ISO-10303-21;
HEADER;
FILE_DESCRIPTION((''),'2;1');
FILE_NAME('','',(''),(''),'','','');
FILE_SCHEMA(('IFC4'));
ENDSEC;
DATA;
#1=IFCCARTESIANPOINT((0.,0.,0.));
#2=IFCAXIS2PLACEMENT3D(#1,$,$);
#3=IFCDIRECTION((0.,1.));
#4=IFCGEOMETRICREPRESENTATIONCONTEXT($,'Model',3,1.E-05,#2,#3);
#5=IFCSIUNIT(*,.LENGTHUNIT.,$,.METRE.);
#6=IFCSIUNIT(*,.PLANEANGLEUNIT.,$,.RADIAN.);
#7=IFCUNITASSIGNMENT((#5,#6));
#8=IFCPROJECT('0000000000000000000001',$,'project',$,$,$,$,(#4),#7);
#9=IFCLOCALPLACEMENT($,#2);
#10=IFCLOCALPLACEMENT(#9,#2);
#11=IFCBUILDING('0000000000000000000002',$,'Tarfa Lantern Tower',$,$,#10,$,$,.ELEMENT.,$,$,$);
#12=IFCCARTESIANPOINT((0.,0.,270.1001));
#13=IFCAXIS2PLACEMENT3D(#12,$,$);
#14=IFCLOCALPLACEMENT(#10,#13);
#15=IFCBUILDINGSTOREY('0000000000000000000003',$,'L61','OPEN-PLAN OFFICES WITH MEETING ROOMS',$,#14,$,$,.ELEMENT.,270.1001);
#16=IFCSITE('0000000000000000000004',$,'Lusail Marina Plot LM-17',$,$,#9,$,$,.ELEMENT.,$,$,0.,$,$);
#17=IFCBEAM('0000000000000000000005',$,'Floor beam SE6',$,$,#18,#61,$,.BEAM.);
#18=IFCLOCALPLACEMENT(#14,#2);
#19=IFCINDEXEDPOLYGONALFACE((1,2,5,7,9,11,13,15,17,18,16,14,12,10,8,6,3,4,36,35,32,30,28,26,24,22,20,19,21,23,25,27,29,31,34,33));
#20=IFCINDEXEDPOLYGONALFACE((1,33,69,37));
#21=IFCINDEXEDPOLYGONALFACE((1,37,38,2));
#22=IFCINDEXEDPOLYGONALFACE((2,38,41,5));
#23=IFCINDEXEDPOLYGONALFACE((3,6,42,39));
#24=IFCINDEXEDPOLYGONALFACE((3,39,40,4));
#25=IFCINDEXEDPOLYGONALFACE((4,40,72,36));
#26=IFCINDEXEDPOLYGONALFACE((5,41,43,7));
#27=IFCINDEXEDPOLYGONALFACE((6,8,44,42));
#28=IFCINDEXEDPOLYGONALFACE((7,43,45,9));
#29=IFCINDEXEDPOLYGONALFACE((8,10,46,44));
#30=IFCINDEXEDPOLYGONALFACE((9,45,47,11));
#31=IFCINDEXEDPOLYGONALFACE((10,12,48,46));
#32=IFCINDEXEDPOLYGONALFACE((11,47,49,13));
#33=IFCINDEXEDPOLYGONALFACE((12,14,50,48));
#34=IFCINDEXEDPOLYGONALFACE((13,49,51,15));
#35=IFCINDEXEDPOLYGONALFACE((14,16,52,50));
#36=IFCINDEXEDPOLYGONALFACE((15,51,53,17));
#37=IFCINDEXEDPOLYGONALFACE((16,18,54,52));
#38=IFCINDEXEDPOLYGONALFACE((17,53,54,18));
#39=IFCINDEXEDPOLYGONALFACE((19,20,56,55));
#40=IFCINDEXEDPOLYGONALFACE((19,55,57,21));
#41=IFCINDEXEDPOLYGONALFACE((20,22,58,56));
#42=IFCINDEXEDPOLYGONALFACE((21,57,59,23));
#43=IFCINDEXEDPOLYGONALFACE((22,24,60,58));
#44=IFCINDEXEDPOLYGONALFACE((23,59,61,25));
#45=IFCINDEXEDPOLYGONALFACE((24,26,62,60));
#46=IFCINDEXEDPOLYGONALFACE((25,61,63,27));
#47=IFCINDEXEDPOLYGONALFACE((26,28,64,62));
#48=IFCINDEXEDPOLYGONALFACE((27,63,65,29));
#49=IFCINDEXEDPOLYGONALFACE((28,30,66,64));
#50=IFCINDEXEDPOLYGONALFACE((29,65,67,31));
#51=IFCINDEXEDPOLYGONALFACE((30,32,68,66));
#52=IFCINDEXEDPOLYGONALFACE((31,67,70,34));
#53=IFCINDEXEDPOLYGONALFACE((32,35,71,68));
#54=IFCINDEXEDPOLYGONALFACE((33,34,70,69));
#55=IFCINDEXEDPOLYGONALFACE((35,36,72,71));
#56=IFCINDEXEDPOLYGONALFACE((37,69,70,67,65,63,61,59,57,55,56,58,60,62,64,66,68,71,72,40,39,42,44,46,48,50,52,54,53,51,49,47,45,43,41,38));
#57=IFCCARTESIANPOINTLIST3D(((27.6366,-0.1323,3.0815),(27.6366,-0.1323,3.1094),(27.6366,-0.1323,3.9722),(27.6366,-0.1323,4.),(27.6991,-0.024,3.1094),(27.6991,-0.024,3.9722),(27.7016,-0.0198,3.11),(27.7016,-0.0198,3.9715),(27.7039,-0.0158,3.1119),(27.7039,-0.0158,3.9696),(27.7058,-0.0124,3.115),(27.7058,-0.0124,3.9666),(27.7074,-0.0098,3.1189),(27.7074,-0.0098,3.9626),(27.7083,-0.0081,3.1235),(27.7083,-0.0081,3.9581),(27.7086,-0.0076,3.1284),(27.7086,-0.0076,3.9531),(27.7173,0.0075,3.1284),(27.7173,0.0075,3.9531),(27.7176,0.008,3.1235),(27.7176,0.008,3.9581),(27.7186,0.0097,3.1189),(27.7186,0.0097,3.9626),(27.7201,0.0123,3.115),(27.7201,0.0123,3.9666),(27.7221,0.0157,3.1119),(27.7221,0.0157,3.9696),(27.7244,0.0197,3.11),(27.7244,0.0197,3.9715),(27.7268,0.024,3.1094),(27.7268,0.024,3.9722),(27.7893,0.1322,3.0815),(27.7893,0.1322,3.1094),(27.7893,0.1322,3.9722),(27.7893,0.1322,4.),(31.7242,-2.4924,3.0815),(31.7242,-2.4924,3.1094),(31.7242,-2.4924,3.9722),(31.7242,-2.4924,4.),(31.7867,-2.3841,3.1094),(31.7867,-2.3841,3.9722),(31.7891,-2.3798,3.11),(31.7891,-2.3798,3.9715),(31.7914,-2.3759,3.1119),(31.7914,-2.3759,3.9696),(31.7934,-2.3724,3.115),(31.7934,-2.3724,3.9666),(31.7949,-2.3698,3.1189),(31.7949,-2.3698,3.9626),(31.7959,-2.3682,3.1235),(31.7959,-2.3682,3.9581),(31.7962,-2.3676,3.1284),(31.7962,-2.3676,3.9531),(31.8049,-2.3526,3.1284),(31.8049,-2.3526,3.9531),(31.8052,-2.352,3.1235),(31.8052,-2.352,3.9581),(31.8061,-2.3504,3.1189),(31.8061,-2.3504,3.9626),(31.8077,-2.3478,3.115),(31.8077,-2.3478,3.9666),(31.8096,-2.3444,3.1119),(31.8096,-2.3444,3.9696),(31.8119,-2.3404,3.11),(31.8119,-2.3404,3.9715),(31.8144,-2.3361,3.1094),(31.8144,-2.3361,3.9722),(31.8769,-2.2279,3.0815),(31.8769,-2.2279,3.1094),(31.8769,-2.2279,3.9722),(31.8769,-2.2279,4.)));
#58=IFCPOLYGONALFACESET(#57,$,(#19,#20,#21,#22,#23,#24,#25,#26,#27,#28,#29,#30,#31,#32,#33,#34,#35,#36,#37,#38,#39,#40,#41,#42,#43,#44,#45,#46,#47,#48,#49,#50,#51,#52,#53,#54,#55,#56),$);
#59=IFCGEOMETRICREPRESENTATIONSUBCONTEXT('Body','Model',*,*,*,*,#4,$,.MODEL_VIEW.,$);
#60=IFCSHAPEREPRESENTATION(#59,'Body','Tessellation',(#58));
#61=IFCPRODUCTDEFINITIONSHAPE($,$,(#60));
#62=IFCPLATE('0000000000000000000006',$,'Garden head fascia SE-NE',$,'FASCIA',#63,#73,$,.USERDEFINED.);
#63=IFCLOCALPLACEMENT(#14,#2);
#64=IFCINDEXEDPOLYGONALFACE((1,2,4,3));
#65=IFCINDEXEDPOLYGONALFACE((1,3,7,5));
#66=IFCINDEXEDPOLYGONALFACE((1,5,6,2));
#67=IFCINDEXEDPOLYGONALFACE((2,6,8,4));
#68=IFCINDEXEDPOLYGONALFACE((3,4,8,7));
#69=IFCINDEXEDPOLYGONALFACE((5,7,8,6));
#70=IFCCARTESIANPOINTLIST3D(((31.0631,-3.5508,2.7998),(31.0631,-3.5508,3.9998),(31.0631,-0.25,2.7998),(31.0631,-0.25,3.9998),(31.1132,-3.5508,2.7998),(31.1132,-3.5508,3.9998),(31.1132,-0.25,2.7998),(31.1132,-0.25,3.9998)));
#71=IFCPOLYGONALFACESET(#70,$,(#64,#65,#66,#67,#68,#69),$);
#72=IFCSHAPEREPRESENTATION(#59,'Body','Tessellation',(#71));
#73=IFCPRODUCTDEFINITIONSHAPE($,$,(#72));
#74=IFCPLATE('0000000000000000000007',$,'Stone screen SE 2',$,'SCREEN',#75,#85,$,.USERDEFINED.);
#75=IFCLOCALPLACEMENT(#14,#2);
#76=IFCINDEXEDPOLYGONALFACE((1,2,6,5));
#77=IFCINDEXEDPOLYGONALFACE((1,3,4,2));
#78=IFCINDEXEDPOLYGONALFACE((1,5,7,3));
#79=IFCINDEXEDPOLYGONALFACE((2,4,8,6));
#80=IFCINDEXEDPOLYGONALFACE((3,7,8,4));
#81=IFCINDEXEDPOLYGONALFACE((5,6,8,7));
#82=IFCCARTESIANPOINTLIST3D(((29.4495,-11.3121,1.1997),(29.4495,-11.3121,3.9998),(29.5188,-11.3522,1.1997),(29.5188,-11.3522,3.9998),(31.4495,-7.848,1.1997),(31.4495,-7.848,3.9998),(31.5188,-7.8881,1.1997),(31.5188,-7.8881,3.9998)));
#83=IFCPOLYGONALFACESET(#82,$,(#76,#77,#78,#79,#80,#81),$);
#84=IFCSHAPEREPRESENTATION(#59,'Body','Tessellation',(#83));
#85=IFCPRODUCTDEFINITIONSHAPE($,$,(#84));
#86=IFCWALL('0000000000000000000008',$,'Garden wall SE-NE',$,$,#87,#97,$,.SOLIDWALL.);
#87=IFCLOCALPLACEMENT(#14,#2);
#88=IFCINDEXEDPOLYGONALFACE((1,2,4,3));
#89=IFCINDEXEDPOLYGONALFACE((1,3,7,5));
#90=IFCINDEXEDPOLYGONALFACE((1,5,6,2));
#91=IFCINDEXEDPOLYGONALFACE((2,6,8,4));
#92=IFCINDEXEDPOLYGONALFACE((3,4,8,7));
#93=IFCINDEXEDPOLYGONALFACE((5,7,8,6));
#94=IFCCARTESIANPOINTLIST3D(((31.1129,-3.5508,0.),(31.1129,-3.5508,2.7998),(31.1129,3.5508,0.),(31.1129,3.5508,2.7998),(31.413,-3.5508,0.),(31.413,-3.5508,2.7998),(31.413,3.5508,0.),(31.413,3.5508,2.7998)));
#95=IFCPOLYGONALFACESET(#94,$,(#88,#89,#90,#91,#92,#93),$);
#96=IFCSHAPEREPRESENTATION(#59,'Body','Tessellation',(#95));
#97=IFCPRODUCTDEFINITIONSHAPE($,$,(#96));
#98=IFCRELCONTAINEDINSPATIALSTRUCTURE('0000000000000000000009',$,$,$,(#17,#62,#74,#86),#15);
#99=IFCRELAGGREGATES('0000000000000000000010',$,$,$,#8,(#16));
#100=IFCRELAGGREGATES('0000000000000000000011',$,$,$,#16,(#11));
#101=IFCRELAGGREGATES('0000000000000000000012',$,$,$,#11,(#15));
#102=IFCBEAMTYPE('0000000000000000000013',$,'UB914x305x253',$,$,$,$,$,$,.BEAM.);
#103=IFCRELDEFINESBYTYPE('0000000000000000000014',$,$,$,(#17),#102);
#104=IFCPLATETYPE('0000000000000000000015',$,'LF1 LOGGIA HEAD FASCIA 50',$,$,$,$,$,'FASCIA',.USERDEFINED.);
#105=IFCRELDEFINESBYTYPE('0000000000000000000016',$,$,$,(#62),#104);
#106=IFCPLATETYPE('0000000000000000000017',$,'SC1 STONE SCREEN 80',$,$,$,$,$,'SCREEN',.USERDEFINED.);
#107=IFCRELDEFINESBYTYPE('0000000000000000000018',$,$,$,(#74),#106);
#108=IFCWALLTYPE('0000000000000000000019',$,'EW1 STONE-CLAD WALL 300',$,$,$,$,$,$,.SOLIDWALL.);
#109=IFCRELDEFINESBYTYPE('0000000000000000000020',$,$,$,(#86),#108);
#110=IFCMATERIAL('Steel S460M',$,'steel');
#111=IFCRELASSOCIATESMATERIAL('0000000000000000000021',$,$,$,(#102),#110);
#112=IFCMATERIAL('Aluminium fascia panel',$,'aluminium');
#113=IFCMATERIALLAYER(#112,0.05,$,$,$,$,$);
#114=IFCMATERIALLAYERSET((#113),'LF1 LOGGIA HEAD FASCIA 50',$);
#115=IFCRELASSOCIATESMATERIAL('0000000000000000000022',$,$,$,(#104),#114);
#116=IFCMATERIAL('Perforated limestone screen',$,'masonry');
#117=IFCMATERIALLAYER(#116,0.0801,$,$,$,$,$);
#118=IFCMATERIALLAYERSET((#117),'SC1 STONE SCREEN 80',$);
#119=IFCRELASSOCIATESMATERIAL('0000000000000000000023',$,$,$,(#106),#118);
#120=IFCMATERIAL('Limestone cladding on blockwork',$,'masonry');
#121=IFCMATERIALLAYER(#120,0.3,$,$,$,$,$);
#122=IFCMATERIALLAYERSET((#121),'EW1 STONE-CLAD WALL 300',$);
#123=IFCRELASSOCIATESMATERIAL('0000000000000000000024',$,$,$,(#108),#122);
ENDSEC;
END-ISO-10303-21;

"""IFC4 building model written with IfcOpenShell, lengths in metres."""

from ifc_helpers import new_model, si_unit, direction, frame, frame_2d, origin, origin_2d, place, context, subcontext, project, spatial, rectangle, i_section, extrude, material, layer, layer_set, material_profile, profile_set, type_object, element, save


model = new_model("IFC4")

# Units and contexts
model_context = context("Model", 3, precision=1e-05, world=origin(), true_north=direction((0.0, 1.0)))
body_context = subcontext(model_context, "Body", "Model", "MODEL_VIEW")
ifc_project = project(units=[si_unit("LENGTHUNIT", "METRE"), si_unit("PLANEANGLEUNIT", "RADIAN")], contexts=[model_context])

# Site, building, storey
site_placement = place(None, origin())
site = spatial("IfcSite", under=ifc_project, at=site_placement, Name="Lusail Marina Plot LM-17", CompositionType="ELEMENT", RefElevation=0.0)
building_placement = place(site_placement, origin())
building = spatial("IfcBuilding", under=site, at=building_placement, Name="Tarfa Lantern Tower", CompositionType="ELEMENT")
storey_placement = place(building_placement, frame((0.0, 0.0, 270.1001)))
storey = spatial("IfcBuildingStorey", under=building, at=storey_placement, Name="L61", Description="OPEN-PLAN OFFICES WITH MEETING ROOMS", CompositionType="ELEMENT", Elevation=270.1001)

# Beam
ifc_material_1 = material(Name="Steel S460M", Category="steel")
ifc_material_profile_1 = material_profile(ifc_material_1, i_section(OverallWidth=0.3054, OverallDepth=0.9185, WebThickness=0.0173, FlangeThickness=0.0278, FilletRadius=0.019, at=origin_2d()), Name="UB914x305x253")
ifc_profile_set_1 = profile_set([ifc_material_profile_1], Name="Steel S460M")
beam_type_1 = type_object("IfcBeamType", Name="UB914x305x253", PredefinedType="BEAM", material=ifc_profile_set_1)
beam_1_placement = place(storey_placement, frame((31.8005, -2.3601, 3.5408), z_axis=(-0.866016, 0.500016, 0.0), x_axis=(-0.500016, -0.866016, 0.0)))
element("IfcBeam", 1, at=beam_1_placement, inside=storey, type_object=beam_type_1, Name="Floor beam SE6", PredefinedType="BEAM", context=body_context, shape_type="SweptSolid", body=[
    extrude(i_section(OverallWidth=0.3054, OverallDepth=0.9185, WebThickness=0.0173, FlangeThickness=0.0278, FilletRadius=0.019, at=origin_2d()), origin(), (0.0, 0.0, 1.0), 4.72),
])

# Plates
ifc_material_2 = material(Name="Aluminium fascia panel", Category="aluminium")
ifc_layer_1 = layer(ifc_material_2, 0.05)
ifc_layer_set_1 = layer_set([ifc_layer_1], Name="LF1 LOGGIA HEAD FASCIA 50")
plate_type_1 = type_object("IfcPlateType", Name="LF1 LOGGIA HEAD FASCIA 50", ElementType="FASCIA", PredefinedType="USERDEFINED", material=ifc_layer_set_1)
plate_1_placement = place(storey_placement, frame((31.0881, -1.9004, 2.7998), z_axis=(0.0, 0.0, 1.0), x_axis=(0.0, 1.0, 0.0)))
element("IfcPlate", 2, at=plate_1_placement, inside=storey, type_object=plate_type_1, Name="Garden head fascia SE-NE", ObjectType="FASCIA", PredefinedType="USERDEFINED", context=body_context, shape_type="SweptSolid", body=[
    extrude(rectangle(XDim=3.3008, YDim=0.05, at=origin_2d()), origin(), (0.0, 0.0, 1.0), 1.2),
])
ifc_material_3 = material(Name="Perforated limestone screen", Category="masonry")
ifc_layer_2 = layer(ifc_material_3, 0.0801)
ifc_layer_set_2 = layer_set([ifc_layer_2], Name="SC1 STONE SCREEN 80")
plate_type_2 = type_object("IfcPlateType", Name="SC1 STONE SCREEN 80", ElementType="SCREEN", PredefinedType="USERDEFINED", material=ifc_layer_set_2)
plate_2_placement = place(storey_placement, frame((30.4841, -9.6001, 1.1997), z_axis=(0.0, 0.0, 1.0), x_axis=(0.5, 0.866025, 0.0)))
element("IfcPlate", 3, at=plate_2_placement, inside=storey, type_object=plate_type_2, Name="Stone screen SE 2", ObjectType="SCREEN", PredefinedType="USERDEFINED", context=body_context, shape_type="SweptSolid", body=[
    extrude(rectangle(XDim=4.0, YDim=0.0801, at=origin_2d()), origin(), (0.0, 0.0, 1.0), 2.8),
])

# Wall
ifc_material_4 = material(Name="Limestone cladding on blockwork", Category="masonry")
ifc_layer_3 = layer(ifc_material_4, 0.3)
ifc_layer_set_3 = layer_set([ifc_layer_3], Name="EW1 STONE-CLAD WALL 300")
wall_type = type_object("IfcWallType", Name="EW1 STONE-CLAD WALL 300", PredefinedType="SOLIDWALL", material=ifc_layer_set_3)
wall_placement = place(storey_placement, frame((31.2629, -3.5508, 0.0), z_axis=(0.0, 0.0, 1.0), x_axis=(0.0, 1.0, 0.0)))
element("IfcWall", 4, at=wall_placement, inside=storey, type_object=wall_type, Name="Garden wall SE-NE", PredefinedType="SOLIDWALL", context=body_context, shape_type="SweptSolid", body=[
    extrude(rectangle(XDim=7.1016, YDim=0.3, at=frame_2d((3.5508, 0.0))), origin(), (0.0, 0.0, 1.0), 2.7998),
])

save(model, "model.ifc")
